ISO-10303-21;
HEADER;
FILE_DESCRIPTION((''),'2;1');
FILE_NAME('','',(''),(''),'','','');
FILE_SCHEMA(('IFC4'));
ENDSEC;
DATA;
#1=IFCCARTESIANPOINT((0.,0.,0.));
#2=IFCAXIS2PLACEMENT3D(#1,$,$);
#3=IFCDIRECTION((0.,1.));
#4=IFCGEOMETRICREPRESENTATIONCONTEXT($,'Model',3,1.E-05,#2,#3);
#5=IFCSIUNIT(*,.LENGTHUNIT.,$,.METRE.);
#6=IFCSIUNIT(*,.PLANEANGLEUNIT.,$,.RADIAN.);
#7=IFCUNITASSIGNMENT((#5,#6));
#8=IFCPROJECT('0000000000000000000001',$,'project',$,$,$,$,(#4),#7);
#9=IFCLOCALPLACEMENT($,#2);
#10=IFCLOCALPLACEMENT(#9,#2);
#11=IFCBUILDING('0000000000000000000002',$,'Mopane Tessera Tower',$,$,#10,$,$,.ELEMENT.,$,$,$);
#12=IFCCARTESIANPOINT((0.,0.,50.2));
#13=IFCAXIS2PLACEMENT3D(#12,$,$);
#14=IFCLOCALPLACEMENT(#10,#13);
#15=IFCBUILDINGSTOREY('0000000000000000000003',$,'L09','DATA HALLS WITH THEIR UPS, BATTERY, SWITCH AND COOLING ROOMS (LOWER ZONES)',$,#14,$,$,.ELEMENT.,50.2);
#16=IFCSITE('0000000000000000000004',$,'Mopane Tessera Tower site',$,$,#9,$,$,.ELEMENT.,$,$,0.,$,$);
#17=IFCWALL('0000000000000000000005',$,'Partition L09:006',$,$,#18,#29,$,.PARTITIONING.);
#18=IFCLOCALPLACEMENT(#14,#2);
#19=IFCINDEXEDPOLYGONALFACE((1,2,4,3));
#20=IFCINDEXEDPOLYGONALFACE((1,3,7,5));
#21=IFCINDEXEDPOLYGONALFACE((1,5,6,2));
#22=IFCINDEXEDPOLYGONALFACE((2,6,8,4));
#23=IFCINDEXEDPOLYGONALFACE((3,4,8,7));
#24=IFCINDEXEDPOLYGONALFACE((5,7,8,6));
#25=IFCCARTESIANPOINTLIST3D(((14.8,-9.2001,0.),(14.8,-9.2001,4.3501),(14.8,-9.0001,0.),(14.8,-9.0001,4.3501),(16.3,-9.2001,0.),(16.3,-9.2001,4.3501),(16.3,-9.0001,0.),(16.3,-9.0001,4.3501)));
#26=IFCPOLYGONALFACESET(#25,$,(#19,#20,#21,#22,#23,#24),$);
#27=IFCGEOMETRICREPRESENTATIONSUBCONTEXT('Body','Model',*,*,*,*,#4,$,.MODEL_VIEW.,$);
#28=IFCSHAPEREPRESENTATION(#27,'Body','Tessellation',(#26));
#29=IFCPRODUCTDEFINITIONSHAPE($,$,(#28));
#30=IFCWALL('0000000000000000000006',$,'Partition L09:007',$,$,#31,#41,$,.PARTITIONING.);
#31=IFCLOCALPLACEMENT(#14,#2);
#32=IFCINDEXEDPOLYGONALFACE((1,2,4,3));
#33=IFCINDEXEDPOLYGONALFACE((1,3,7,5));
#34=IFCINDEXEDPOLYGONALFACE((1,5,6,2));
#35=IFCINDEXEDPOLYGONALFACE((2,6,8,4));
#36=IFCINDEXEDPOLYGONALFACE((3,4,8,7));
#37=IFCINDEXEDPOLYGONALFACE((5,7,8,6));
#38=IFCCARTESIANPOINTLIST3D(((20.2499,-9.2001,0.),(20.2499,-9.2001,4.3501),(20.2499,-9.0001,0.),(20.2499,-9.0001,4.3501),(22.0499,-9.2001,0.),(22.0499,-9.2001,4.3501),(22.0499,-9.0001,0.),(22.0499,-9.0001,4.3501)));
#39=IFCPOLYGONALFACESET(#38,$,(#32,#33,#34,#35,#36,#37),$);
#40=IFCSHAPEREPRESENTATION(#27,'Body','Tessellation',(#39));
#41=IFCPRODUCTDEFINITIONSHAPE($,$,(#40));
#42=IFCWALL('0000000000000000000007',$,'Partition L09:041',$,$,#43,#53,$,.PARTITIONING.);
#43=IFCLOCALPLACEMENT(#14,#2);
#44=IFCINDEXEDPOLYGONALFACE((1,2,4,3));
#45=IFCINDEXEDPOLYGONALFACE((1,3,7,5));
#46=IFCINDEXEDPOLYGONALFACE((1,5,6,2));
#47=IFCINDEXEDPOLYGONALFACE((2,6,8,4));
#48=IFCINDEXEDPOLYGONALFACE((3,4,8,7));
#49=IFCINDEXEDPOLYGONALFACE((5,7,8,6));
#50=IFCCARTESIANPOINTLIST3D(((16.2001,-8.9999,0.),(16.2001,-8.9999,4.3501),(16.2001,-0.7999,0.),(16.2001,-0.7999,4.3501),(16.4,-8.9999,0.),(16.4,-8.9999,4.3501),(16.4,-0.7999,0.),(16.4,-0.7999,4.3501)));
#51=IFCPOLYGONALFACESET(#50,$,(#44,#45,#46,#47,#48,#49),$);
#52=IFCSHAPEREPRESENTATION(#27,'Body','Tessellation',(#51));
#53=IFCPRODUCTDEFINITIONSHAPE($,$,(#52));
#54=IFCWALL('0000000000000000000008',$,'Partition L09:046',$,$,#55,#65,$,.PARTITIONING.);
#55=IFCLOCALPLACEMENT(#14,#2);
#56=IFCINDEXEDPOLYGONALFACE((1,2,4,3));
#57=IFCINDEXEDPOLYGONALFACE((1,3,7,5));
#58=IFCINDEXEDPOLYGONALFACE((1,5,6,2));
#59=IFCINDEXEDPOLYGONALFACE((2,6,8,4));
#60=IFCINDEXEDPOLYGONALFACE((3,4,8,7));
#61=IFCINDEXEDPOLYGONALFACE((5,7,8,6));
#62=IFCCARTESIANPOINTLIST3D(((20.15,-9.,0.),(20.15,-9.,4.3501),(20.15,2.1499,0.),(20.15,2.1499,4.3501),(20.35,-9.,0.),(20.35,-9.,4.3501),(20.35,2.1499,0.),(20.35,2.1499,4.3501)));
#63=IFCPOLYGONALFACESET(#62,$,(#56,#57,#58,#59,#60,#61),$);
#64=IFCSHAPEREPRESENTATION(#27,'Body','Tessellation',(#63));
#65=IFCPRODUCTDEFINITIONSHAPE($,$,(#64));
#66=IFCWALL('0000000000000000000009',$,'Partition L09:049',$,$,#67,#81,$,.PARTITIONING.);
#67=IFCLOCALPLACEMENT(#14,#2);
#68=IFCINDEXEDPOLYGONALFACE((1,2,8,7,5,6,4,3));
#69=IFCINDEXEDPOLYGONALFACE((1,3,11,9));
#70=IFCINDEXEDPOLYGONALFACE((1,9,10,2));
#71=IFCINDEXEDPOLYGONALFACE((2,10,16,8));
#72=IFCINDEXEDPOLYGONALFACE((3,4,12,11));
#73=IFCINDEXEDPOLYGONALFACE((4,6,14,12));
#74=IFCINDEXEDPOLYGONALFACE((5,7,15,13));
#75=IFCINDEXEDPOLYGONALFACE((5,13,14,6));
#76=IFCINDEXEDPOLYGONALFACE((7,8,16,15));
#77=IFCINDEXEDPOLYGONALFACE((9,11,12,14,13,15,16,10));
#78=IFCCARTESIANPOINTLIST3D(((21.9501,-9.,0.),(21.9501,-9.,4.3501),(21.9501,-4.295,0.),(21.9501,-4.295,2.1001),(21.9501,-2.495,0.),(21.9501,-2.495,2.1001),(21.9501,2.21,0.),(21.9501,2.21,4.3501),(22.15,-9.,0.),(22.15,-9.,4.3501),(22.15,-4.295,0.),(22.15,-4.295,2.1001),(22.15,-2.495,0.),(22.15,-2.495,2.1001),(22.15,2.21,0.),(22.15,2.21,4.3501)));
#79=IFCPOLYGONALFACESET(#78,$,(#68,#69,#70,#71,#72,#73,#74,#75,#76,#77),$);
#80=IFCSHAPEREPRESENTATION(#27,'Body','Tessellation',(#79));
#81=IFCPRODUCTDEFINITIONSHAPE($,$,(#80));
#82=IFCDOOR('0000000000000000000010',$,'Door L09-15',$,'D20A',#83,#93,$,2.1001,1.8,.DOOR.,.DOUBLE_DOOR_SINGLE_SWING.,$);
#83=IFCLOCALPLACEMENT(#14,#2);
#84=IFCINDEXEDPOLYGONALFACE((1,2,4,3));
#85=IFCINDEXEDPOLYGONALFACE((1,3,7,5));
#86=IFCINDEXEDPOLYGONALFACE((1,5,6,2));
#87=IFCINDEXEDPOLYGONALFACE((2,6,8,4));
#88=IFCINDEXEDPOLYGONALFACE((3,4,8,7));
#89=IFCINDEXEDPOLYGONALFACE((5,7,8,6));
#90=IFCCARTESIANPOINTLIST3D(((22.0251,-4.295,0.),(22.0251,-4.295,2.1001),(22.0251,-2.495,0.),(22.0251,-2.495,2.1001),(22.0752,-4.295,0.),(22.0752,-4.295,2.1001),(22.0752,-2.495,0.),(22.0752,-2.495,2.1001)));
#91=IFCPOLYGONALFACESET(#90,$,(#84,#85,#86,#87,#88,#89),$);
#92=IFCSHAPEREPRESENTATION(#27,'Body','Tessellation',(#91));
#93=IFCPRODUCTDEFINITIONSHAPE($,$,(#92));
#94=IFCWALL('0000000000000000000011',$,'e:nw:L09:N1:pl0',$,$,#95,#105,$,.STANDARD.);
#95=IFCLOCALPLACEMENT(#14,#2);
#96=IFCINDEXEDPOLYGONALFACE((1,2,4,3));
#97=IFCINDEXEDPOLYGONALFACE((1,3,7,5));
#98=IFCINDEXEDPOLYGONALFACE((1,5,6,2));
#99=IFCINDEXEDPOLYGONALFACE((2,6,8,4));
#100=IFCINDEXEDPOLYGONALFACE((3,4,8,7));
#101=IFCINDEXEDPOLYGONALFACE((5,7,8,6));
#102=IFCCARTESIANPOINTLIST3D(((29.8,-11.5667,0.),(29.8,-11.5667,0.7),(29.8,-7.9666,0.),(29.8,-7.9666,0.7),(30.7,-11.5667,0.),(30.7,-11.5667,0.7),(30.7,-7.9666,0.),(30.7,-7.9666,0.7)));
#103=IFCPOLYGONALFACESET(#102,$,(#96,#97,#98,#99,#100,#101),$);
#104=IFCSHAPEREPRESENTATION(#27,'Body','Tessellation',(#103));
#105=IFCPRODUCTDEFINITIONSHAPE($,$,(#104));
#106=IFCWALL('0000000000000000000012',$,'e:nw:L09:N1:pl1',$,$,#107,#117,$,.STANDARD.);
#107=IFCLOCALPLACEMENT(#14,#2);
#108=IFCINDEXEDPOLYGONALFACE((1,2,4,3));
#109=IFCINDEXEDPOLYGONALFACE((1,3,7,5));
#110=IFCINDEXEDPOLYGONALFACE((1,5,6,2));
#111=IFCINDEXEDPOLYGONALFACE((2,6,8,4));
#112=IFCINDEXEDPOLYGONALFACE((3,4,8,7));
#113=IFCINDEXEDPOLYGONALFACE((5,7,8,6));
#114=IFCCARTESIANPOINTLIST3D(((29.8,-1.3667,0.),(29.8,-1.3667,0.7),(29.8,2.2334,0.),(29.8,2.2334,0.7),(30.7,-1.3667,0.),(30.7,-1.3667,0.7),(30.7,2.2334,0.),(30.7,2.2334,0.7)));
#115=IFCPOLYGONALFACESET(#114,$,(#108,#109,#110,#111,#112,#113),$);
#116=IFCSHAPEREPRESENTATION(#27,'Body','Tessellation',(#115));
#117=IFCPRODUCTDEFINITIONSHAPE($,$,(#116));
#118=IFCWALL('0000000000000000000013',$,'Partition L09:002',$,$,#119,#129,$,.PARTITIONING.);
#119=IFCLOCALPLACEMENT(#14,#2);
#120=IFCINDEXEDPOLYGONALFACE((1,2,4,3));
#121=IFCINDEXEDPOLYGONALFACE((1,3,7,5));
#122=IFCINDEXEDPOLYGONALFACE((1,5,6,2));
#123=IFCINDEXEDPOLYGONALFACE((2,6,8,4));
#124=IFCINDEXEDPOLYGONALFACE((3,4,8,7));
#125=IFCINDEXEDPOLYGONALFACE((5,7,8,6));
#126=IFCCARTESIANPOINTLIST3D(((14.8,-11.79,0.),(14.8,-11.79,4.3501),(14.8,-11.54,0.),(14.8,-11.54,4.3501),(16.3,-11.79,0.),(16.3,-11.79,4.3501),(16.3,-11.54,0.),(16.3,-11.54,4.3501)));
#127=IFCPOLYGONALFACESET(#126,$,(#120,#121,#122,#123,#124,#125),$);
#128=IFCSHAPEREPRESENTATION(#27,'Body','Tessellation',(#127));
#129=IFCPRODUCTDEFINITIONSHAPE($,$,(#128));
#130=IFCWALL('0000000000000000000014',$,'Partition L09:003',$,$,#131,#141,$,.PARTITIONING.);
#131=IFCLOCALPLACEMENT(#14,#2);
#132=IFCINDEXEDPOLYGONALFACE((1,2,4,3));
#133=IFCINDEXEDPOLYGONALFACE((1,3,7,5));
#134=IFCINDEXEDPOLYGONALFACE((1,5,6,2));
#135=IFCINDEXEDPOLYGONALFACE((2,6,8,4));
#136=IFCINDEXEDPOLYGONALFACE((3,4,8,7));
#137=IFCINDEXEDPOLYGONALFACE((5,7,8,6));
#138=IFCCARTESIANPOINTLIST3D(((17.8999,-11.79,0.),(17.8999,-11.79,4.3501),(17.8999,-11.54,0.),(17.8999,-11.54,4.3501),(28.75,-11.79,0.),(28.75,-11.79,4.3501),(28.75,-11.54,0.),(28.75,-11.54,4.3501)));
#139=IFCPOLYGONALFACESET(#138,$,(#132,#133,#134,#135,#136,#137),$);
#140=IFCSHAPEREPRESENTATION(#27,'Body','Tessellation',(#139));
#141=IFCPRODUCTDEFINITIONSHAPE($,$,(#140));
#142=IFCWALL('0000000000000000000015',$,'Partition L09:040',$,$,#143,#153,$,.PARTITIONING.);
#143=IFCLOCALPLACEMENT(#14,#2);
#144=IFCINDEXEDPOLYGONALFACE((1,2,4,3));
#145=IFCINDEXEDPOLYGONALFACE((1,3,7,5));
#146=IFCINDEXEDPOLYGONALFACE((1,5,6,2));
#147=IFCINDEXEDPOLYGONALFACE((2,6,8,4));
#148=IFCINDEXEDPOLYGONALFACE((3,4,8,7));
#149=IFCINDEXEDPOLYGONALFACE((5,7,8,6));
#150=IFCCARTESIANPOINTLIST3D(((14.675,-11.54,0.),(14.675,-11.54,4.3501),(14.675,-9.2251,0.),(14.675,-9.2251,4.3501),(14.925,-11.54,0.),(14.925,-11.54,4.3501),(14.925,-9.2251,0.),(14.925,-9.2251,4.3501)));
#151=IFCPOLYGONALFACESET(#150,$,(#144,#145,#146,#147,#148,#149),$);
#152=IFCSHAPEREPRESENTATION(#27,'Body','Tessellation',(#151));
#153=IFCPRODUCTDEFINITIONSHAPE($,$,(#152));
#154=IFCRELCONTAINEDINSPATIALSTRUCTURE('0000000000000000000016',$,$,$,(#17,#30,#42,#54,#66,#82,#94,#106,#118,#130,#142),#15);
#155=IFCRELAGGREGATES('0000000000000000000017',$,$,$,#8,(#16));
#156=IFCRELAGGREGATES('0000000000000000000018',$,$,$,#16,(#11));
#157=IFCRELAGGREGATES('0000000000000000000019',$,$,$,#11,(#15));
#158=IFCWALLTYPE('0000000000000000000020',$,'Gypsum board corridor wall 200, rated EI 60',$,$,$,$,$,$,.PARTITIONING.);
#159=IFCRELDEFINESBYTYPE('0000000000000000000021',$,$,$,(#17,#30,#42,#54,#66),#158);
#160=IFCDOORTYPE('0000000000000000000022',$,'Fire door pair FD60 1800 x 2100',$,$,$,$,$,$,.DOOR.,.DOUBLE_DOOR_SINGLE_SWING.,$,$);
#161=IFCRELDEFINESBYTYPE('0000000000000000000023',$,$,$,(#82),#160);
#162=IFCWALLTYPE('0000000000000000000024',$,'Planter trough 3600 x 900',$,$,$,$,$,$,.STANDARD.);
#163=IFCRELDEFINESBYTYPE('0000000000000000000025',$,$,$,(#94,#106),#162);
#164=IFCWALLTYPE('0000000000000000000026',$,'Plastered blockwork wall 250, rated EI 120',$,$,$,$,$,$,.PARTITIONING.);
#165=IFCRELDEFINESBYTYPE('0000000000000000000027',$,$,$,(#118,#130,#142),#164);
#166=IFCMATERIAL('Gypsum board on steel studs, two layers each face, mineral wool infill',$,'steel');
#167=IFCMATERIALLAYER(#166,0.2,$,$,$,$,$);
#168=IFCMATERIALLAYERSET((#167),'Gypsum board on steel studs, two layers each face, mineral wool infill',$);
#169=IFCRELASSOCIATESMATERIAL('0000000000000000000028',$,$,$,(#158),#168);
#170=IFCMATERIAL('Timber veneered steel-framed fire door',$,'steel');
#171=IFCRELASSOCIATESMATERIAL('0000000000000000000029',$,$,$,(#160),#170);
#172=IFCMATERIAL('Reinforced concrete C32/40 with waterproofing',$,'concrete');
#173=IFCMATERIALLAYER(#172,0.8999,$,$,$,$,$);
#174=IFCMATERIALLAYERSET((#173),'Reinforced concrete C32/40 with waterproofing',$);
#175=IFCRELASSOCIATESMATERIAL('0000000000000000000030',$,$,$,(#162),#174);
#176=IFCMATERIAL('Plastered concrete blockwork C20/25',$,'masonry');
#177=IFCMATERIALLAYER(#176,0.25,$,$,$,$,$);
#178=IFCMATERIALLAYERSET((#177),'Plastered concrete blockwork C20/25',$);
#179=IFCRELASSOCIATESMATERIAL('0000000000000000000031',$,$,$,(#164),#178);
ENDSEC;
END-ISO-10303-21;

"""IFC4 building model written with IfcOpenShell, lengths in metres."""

from ifc_helpers import new_model, si_unit, direction, frame, frame_2d, origin, place, context, subcontext, project, spatial, rectangle, extrude, material, layer, layer_set, type_object, element, fill, save


model = new_model("IFC4")

# Units and contexts
model_context = context("Model", 3, precision=1e-05, world=origin(), true_north=direction((0.0, 1.0)))
body_context = subcontext(model_context, "Body", "Model", "MODEL_VIEW")
ifc_project = project(units=[si_unit("LENGTHUNIT", "METRE"), si_unit("PLANEANGLEUNIT", "RADIAN")], contexts=[model_context])

# Site, building, storey
site_placement = place(None, origin())
site = spatial("IfcSite", under=ifc_project, at=site_placement, Name="Mopane Tessera Tower site", CompositionType="ELEMENT", RefElevation=0.0)
building_placement = place(site_placement, origin())
building = spatial("IfcBuilding", under=site, at=building_placement, Name="Mopane Tessera Tower", CompositionType="ELEMENT")
storey_placement = place(building_placement, frame((0.0, 0.0, 50.2)))
storey = spatial("IfcBuildingStorey", under=building, at=storey_placement, Name="L09", Description="DATA HALLS WITH THEIR UPS, BATTERY, SWITCH AND COOLING ROOMS (LOWER ZONES)", CompositionType="ELEMENT", Elevation=50.2)

# Walls
ifc_material_1 = material(Name="Gypsum board on steel studs, two layers each face, mineral wool infill", Category="steel")
ifc_layer_1 = layer(ifc_material_1, 0.2)
ifc_layer_set_1 = layer_set([ifc_layer_1], Name="Gypsum board on steel studs, two layers each face, mineral wool infill")
wall_type_1 = type_object("IfcWallType", Name="Gypsum board corridor wall 200, rated EI 60", PredefinedType="PARTITIONING", material=ifc_layer_set_1)
wall_1_placement = place(storey_placement, frame((14.8, -9.1001, 0.0), z_axis=(0.0, 0.0, 1.0), x_axis=(1.0, 0.0, 0.0)))
element("IfcWall", 1, at=wall_1_placement, inside=storey, type_object=wall_type_1, Name="Partition L09:006", PredefinedType="PARTITIONING", context=body_context, shape_type="SweptSolid", body=[
    extrude(rectangle(XDim=1.5, YDim=0.2, at=frame_2d((0.75, 0.0))), origin(), (0.0, 0.0, 1.0), 4.3501),
])
wall_2_placement = place(storey_placement, frame((20.25, -9.1001, 0.0), z_axis=(0.0, 0.0, 1.0), x_axis=(1.0, 0.0, 0.0)))
element("IfcWall", 2, at=wall_2_placement, inside=storey, type_object=wall_type_1, Name="Partition L09:007", PredefinedType="PARTITIONING", context=body_context, shape_type="SweptSolid", body=[
    extrude(rectangle(XDim=1.8, YDim=0.2, at=frame_2d((0.8999, 0.0))), origin(), (0.0, 0.0, 1.0), 4.3501),
])
wall_3_placement = place(storey_placement, frame((16.3, -9.0, 0.0), z_axis=(0.0, 0.0, 1.0), x_axis=(0.0, 1.0, 0.0)))
element("IfcWall", 3, at=wall_3_placement, inside=storey, type_object=wall_type_1, Name="Partition L09:041", PredefinedType="PARTITIONING", context=body_context, shape_type="SweptSolid", body=[
    extrude(rectangle(XDim=8.2, YDim=0.2, at=frame_2d((4.1001, 0.0))), origin(), (0.0, 0.0, 1.0), 4.3501),
])
wall_4_placement = place(storey_placement, frame((20.25, -9.0, 0.0), z_axis=(0.0, 0.0, 1.0), x_axis=(0.0, 1.0, 0.0)))
element("IfcWall", 4, at=wall_4_placement, inside=storey, type_object=wall_type_1, Name="Partition L09:046", PredefinedType="PARTITIONING", context=body_context, shape_type="SweptSolid", body=[
    extrude(rectangle(XDim=11.1499, YDim=0.2, at=frame_2d((5.575, 0.0))), origin(), (0.0, 0.0, 1.0), 4.3501),
])

# Wall, opening, door
wall_5_placement = place(storey_placement, frame((22.05, -9.0, 0.0), z_axis=(0.0, 0.0, 1.0), x_axis=(0.0, 1.0, 0.0)))
wall_5 = element("IfcWall", 5, at=wall_5_placement, inside=storey, type_object=wall_type_1, Name="Partition L09:049", PredefinedType="PARTITIONING", context=body_context, shape_type="SweptSolid", body=[
    extrude(rectangle(XDim=11.21, YDim=0.2, at=frame_2d((5.605, 0.0))), origin(), (0.0, 0.0, 1.0), 4.3501),
])
opening_1_placement = place(wall_5_placement, frame((4.7051, 0.0, 0.0)))
opening_1 = element("IfcOpeningElement", 6, at=opening_1_placement, cuts=wall_5, PredefinedType="OPENING", context=body_context, shape_type="SweptSolid", body=[
    extrude(rectangle(XDim=1.8, YDim=2.1001, at=frame_2d((0.8999, 1.05))), frame((0.0, 0.1121, 0.0), z_axis=(0.0, -1.0, 0.0), x_axis=(1.0, 0.0, 0.0)), (0.0, 0.0, 1.0), 0.2239),
])
ifc_material_2 = material(Name="Timber veneered steel-framed fire door", Category="steel")
door_type_1 = type_object("IfcDoorType", Name="Fire door pair FD60 1800 x 2100", OperationType="DOUBLE_DOOR_SINGLE_SWING", PredefinedType="DOOR", material=ifc_material_2)
door_1_placement = place(opening_1_placement, origin())
door_1 = element("IfcDoor", 7, at=door_1_placement, inside=storey, type_object=door_type_1, Name="Door L09-15", ObjectType="D20A", OperationType="DOUBLE_DOOR_SINGLE_SWING", OverallHeight=2.1001, OverallWidth=1.8, PredefinedType="DOOR", context=body_context, shape_type="SweptSolid", body=[
    extrude(rectangle(XDim=1.8, YDim=2.1001, at=frame_2d((0.8999, 1.05))), frame((0.0, 0.0249, 0.0), z_axis=(0.0, -1.0, 0.0), x_axis=(1.0, 0.0, 0.0)), (0.0, 0.0, 1.0), 0.05),
])
fill(opening_1, door_1)

# Walls
ifc_material_3 = material(Name="Reinforced concrete C32/40 with waterproofing", Category="concrete")
ifc_layer_2 = layer(ifc_material_3, 0.8999)
ifc_layer_set_2 = layer_set([ifc_layer_2], Name="Reinforced concrete C32/40 with waterproofing")
wall_type_2 = type_object("IfcWallType", Name="Planter trough 3600 x 900", PredefinedType="STANDARD", material=ifc_layer_set_2)
for number, where, z_axis, x_axis, name in (
    (8, (30.25, -11.5667, 0.0), (0.0, 0.0, 1.0), (0.0, 1.0, 0.0), "e:nw:L09:N1:pl0"),
    (9, (30.25, -1.3667, 0.0), (0.0, 0.0, 1.0), (0.0, 1.0, 0.0), "e:nw:L09:N1:pl1"),
):
    element("IfcWall", number, at=place(storey_placement, frame(where, z_axis=z_axis, x_axis=x_axis)), inside=storey, type_object=wall_type_2, Name=name, PredefinedType="STANDARD", context=body_context, shape_type="SweptSolid", body=[
        extrude(rectangle(XDim=3.6001, YDim=0.8999, at=frame_2d((1.8, 0.0))), origin(), (0.0, 0.0, 1.0), 0.7),
    ])
ifc_material_4 = material(Name="Plastered concrete blockwork C20/25", Category="masonry")
ifc_layer_3 = layer(ifc_material_4, 0.25)
ifc_layer_set_3 = layer_set([ifc_layer_3], Name="Plastered concrete blockwork C20/25")
wall_type_3 = type_object("IfcWallType", Name="Plastered blockwork wall 250, rated EI 120", PredefinedType="PARTITIONING", material=ifc_layer_set_3)
wall_6_placement = place(storey_placement, frame((14.8, -11.665, 0.0), z_axis=(0.0, 0.0, 1.0), x_axis=(1.0, 0.0, 0.0)))
element("IfcWall", 10, at=wall_6_placement, inside=storey, type_object=wall_type_3, Name="Partition L09:002", PredefinedType="PARTITIONING", context=body_context, shape_type="SweptSolid", body=[
    extrude(rectangle(XDim=1.5, YDim=0.25, at=frame_2d((0.75, 0.0))), origin(), (0.0, 0.0, 1.0), 4.3501),
])
wall_7_placement = place(storey_placement, frame((17.8999, -11.665, 0.0), z_axis=(0.0, 0.0, 1.0), x_axis=(1.0, 0.0, 0.0)))
element("IfcWall", 11, at=wall_7_placement, inside=storey, type_object=wall_type_3, Name="Partition L09:003", PredefinedType="PARTITIONING", context=body_context, shape_type="SweptSolid", body=[
    extrude(rectangle(XDim=10.8501, YDim=0.25, at=frame_2d((5.425, 0.0))), origin(), (0.0, 0.0, 1.0), 4.3501),
])
wall_8_placement = place(storey_placement, frame((14.8, -11.54, 0.0), z_axis=(0.0, 0.0, 1.0), x_axis=(0.0, 1.0, 0.0)))
element("IfcWall", 12, at=wall_8_placement, inside=storey, type_object=wall_type_3, Name="Partition L09:040", PredefinedType="PARTITIONING", context=body_context, shape_type="SweptSolid", body=[
    extrude(rectangle(XDim=2.3149, YDim=0.25, at=frame_2d((1.1575, 0.0))), origin(), (0.0, 0.0, 1.0), 4.3501),
])

save(model, "model.ifc")
